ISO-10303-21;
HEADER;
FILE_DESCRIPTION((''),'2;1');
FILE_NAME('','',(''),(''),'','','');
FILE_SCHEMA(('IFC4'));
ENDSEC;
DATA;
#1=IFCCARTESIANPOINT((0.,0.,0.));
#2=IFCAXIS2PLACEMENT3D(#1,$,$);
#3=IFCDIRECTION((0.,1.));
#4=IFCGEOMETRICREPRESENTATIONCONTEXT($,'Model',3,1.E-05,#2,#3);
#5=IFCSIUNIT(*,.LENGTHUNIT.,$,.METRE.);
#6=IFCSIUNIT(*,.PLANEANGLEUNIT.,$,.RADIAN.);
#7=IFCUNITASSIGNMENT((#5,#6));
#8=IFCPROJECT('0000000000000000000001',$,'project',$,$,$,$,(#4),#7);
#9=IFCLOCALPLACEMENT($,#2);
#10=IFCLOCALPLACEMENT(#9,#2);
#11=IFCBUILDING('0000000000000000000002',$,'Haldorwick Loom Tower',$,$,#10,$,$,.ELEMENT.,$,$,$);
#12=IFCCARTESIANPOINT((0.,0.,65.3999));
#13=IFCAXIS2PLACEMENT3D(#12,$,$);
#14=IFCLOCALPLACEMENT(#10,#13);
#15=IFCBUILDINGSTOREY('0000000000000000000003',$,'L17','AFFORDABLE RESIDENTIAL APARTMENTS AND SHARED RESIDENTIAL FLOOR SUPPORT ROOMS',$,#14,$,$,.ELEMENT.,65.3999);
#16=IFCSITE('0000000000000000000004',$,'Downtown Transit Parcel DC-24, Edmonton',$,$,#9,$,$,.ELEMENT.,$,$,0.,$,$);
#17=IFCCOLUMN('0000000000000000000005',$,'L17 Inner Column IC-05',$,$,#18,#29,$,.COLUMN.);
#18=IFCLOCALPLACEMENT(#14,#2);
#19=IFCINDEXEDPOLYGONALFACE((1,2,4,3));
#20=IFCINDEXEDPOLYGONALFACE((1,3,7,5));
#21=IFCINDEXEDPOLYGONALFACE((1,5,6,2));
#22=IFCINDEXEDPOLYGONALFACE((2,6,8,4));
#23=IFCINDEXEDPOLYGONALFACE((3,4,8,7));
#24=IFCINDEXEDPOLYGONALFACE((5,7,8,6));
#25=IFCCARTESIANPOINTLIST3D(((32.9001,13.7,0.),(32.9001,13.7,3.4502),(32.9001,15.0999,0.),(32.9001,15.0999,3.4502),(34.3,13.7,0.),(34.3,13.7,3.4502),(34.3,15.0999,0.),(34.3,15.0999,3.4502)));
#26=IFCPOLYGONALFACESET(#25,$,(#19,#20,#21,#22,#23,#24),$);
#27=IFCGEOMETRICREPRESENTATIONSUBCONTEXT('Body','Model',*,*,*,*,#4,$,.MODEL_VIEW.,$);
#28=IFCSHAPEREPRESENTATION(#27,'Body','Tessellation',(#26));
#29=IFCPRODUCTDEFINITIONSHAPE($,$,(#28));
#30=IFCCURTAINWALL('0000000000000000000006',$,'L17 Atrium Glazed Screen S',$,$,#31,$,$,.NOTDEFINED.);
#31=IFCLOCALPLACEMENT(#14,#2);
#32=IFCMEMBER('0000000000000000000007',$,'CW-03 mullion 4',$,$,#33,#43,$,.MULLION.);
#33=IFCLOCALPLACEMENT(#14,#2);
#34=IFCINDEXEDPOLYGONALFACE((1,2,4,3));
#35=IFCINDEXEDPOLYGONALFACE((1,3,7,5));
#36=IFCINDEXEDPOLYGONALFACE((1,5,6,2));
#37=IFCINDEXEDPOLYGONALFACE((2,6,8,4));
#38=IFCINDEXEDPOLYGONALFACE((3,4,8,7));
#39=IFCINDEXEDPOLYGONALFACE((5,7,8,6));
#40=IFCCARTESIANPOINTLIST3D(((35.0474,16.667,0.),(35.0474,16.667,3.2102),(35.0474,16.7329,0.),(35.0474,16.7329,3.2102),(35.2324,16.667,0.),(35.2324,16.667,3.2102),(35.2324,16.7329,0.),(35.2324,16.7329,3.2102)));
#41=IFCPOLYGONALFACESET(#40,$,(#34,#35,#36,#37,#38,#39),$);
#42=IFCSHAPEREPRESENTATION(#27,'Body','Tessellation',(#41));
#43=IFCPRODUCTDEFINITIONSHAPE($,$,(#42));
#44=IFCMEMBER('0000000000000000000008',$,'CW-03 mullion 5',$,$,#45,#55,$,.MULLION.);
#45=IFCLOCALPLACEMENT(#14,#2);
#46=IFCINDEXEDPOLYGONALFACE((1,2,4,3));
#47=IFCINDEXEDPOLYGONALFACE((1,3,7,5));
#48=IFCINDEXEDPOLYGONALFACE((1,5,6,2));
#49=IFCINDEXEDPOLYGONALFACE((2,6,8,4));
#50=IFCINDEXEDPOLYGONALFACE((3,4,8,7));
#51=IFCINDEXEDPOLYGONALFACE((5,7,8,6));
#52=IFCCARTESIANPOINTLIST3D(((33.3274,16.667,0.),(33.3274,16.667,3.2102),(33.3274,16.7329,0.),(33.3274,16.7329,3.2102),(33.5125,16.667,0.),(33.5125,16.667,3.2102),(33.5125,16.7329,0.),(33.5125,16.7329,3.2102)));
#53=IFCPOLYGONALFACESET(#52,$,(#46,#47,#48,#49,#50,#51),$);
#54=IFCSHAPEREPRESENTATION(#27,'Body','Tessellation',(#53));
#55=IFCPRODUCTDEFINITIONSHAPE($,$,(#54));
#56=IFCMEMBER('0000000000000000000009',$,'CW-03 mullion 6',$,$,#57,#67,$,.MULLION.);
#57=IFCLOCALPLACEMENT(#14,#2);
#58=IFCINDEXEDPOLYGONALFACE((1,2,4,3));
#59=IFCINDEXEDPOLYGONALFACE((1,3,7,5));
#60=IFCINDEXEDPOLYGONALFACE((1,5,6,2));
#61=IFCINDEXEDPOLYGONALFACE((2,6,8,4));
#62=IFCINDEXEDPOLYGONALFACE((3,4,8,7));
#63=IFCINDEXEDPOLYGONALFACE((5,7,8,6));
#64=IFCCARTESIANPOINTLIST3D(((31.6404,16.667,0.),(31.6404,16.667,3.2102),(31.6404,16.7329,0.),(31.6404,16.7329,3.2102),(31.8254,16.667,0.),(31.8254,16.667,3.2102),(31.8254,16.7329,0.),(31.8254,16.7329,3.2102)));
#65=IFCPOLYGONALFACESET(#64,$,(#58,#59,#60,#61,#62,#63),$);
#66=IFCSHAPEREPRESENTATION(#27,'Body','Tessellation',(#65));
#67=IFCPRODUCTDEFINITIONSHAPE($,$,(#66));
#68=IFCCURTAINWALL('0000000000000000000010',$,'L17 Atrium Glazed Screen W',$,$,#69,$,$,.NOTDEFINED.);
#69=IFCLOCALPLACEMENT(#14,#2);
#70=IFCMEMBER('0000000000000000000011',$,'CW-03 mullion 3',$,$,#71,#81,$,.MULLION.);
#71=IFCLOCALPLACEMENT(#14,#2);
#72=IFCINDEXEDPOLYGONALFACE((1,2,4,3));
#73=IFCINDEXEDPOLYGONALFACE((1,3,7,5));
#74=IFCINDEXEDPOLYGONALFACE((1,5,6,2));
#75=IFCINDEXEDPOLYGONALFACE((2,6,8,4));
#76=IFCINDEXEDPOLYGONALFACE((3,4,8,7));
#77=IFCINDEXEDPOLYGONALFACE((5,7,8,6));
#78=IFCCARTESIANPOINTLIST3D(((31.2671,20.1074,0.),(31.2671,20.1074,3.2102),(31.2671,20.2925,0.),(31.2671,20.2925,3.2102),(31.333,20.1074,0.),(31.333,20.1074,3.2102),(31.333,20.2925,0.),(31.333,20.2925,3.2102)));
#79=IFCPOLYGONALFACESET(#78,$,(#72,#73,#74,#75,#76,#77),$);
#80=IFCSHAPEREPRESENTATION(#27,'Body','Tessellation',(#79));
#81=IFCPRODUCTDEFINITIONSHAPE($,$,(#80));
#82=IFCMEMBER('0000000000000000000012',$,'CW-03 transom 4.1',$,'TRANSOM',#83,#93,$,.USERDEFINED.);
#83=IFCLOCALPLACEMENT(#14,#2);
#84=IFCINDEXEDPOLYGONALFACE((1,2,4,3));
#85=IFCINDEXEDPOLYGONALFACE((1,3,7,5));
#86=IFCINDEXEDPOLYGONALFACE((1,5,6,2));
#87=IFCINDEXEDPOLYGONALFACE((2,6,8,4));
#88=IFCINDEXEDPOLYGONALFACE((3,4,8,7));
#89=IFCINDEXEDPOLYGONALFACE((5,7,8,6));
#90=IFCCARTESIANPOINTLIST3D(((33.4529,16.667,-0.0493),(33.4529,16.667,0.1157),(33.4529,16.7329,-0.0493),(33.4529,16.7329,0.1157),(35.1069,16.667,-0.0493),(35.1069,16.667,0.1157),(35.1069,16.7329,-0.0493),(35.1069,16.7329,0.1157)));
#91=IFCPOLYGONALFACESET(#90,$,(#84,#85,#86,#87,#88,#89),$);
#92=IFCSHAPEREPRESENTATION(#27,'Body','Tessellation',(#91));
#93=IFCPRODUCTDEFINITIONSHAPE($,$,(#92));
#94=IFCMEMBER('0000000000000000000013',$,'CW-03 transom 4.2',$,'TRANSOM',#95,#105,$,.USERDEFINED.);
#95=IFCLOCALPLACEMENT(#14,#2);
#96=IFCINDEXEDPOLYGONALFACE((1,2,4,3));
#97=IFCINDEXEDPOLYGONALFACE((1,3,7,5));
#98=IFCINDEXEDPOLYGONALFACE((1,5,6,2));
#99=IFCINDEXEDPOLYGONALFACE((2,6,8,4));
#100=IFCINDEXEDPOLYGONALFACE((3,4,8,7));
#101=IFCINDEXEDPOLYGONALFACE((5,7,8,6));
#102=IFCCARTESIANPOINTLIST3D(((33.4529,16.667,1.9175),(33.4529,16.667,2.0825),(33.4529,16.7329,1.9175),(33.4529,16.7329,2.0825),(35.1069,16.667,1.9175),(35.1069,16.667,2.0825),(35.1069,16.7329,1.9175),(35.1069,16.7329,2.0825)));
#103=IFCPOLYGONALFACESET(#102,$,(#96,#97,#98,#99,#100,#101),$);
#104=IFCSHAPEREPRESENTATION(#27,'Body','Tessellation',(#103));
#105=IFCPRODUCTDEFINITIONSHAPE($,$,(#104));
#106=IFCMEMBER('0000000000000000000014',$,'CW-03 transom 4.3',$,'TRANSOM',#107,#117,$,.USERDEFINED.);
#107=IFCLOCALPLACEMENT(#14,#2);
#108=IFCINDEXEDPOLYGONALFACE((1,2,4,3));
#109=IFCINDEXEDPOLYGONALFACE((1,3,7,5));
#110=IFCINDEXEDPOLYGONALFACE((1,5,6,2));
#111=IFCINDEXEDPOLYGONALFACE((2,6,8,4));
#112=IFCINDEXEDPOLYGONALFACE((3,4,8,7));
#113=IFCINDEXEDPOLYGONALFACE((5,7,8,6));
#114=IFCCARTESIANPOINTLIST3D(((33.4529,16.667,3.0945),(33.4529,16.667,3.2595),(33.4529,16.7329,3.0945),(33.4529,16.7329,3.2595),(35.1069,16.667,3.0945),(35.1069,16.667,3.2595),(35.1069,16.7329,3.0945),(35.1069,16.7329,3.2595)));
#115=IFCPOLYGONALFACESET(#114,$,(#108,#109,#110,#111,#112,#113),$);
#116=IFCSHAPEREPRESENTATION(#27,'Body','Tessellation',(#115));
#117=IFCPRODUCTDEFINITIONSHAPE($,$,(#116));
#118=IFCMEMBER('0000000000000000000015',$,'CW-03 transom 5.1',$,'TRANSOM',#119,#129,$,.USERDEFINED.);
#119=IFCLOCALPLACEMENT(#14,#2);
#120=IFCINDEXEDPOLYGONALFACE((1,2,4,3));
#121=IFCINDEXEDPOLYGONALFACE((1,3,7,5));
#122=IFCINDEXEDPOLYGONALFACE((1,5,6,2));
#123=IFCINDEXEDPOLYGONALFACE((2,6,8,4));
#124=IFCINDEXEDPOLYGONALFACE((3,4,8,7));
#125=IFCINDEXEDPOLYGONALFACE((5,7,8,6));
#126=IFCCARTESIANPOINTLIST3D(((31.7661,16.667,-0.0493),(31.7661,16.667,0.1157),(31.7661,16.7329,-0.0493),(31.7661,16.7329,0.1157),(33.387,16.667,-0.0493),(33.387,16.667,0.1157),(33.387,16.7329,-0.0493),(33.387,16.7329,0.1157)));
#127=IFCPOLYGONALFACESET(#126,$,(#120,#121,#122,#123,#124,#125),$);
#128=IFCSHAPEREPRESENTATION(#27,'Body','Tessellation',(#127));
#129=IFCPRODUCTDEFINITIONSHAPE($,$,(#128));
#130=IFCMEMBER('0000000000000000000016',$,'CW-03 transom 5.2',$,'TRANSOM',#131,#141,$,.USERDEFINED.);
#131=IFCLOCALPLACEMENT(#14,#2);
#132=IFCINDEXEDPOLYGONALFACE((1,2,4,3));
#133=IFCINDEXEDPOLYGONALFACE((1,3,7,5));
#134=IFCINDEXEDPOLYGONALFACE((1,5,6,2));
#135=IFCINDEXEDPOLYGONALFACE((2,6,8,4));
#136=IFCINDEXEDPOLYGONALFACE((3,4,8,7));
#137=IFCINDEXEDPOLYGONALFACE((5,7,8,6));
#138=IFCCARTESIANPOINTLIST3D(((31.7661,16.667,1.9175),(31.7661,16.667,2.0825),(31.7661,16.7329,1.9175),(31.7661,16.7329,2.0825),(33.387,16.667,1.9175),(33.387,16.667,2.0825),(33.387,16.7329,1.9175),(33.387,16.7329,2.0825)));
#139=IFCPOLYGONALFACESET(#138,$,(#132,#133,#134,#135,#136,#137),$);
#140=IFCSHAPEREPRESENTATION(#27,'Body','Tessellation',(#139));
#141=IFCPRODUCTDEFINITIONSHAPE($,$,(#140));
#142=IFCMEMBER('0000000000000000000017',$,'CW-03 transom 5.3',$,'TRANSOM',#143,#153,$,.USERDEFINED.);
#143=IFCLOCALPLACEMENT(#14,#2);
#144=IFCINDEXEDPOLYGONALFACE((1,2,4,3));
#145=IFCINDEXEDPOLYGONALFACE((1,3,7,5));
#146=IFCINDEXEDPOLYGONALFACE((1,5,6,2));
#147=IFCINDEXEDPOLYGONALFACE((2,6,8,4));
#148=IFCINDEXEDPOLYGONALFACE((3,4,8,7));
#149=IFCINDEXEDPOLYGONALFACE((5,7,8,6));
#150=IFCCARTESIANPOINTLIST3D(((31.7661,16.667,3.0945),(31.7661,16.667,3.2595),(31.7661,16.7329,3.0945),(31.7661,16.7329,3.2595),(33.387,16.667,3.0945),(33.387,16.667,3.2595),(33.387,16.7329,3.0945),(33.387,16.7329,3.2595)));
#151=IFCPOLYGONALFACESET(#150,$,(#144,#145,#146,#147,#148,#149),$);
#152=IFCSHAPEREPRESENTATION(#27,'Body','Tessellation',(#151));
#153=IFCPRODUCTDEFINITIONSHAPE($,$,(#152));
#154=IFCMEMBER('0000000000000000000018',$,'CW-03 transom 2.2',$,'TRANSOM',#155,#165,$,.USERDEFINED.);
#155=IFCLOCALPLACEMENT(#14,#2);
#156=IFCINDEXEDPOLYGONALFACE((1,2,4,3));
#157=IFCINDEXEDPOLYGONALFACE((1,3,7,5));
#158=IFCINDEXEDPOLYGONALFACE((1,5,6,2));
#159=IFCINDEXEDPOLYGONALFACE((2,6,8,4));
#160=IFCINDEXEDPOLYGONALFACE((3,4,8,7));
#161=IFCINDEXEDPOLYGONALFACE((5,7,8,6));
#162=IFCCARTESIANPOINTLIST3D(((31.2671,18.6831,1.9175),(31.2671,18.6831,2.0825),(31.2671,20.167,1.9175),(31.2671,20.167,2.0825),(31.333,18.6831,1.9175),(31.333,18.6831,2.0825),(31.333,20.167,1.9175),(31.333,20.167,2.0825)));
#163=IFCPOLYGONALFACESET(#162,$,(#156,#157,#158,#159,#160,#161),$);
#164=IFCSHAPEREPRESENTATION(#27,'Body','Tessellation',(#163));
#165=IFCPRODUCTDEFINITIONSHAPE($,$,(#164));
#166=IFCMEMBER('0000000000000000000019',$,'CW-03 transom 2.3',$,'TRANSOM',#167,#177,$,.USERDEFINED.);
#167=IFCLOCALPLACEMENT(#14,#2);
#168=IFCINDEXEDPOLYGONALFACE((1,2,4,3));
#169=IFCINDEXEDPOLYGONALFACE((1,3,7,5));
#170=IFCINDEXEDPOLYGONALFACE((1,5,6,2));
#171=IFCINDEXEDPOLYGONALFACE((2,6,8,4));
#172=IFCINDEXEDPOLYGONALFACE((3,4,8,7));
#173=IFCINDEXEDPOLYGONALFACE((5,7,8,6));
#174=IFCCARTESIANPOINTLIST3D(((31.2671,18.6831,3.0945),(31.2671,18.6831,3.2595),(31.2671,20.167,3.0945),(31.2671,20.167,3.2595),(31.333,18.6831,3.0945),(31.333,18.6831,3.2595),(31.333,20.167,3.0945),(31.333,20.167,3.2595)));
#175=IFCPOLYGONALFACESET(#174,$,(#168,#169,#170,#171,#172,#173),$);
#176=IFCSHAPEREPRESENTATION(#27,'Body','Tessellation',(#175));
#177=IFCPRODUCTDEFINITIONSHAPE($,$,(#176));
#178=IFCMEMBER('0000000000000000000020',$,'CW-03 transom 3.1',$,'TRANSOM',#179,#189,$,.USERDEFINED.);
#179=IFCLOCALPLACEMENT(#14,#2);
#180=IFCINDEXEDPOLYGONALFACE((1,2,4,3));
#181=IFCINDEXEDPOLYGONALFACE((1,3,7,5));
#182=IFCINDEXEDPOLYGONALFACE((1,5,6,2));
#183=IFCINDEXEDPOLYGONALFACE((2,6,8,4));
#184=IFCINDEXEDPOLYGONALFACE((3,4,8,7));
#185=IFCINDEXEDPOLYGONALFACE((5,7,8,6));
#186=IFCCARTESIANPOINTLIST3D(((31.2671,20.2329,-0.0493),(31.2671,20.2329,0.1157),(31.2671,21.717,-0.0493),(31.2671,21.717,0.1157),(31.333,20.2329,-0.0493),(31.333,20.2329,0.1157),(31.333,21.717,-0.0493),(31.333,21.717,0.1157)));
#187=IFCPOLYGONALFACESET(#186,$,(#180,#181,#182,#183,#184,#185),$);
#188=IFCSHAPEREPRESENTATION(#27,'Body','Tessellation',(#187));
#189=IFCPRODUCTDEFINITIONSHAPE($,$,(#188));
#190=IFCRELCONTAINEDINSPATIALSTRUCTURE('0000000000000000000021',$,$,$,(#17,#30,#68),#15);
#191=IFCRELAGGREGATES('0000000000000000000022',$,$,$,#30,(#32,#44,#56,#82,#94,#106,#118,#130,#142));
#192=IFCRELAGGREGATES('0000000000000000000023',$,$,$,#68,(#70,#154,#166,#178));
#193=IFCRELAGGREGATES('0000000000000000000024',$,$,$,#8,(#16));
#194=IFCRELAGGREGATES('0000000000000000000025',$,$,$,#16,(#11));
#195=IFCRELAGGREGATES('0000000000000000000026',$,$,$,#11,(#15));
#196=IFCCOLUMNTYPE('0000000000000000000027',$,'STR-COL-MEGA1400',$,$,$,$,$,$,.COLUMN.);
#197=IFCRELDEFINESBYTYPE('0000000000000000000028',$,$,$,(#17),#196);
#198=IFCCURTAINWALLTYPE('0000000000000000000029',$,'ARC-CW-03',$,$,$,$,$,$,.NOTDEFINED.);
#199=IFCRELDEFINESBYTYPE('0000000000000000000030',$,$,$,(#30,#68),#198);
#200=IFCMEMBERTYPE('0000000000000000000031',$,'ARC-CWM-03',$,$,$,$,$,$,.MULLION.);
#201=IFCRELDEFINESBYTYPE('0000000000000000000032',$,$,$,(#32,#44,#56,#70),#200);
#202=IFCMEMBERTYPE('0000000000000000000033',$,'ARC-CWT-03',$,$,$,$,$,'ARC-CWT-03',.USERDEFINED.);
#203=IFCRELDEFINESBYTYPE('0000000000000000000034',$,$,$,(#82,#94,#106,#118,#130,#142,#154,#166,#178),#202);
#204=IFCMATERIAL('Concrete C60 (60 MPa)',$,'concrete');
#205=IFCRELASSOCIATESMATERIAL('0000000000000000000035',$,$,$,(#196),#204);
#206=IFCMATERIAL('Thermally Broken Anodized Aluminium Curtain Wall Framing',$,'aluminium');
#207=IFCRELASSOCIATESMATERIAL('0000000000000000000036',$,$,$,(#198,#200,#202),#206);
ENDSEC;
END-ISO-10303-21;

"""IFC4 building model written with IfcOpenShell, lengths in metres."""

from ifc_helpers import new_model, si_unit, direction, frame, origin, origin_2d, place, context, subcontext, project, spatial, rectangle, extrude, material, material_profile, profile_set, type_object, element, aggregate, save


model = new_model("IFC4")

# Units and contexts
model_context = context("Model", 3, precision=1e-05, world=origin(), true_north=direction((0.0, 1.0)))
body_context = subcontext(model_context, "Body", "Model", "MODEL_VIEW")
ifc_project = project(units=[si_unit("LENGTHUNIT", "METRE"), si_unit("PLANEANGLEUNIT", "RADIAN")], contexts=[model_context])

# Site, building, storey
site_placement = place(None, origin())
site = spatial("IfcSite", under=ifc_project, at=site_placement, Name="Downtown Transit Parcel DC-24, Edmonton", CompositionType="ELEMENT", RefElevation=0.0)
building_placement = place(site_placement, origin())
building = spatial("IfcBuilding", under=site, at=building_placement, Name="Haldorwick Loom Tower", CompositionType="ELEMENT")
storey_placement = place(building_placement, frame((0.0, 0.0, 65.3999)))
storey = spatial("IfcBuildingStorey", under=building, at=storey_placement, Name="L17", Description="AFFORDABLE RESIDENTIAL APARTMENTS AND SHARED RESIDENTIAL FLOOR SUPPORT ROOMS", CompositionType="ELEMENT", Elevation=65.3999)

# Column
ifc_material_1 = material(Name="Concrete C60 (60 MPa)", Category="concrete")
ifc_material_profile_1 = material_profile(ifc_material_1, rectangle(XDim=1.3999, YDim=1.3999, at=origin_2d()), Name="RC1400X1400", Category="concrete")
ifc_profile_set_1 = profile_set([ifc_material_profile_1], Name="Concrete C60 (60 MPa)")
column_type = type_object("IfcColumnType", Name="STR-COL-MEGA1400", PredefinedType="COLUMN", material=ifc_profile_set_1)
column_placement = place(storey_placement, frame((33.6001, 14.3999, 0.0), z_axis=(0.0, 0.0, 1.0), x_axis=(1.0, 0.0, 0.0)))
element("IfcColumn", 1, at=column_placement, inside=storey, type_object=column_type, Name="L17 Inner Column IC-05", PredefinedType="COLUMN", context=body_context, shape_type="SweptSolid", body=[
    extrude(rectangle(XDim=1.3999, YDim=1.3999, at=origin_2d()), origin(), (0.0, 0.0, 1.0), 3.4502),
])

# Curtain wall, members
ifc_material_2 = material(Name="Thermally Broken Anodized Aluminium Curtain Wall Framing", Category="aluminium")
curtain_wall_type = type_object("IfcCurtainWallType", Name="ARC-CW-03", PredefinedType="NOTDEFINED", material=ifc_material_2)
curtain_wall_1_placement = place(storey_placement, origin())
curtain_wall_1 = element("IfcCurtainWall", 2, at=curtain_wall_1_placement, inside=storey, type_object=curtain_wall_type, Name="L17 Atrium Glazed Screen S", PredefinedType="NOTDEFINED")
ifc_material_profile_2 = material_profile(ifc_material_2, rectangle(XDim=0.0659, YDim=0.1851, at=origin_2d()), Name="ALU_MUL_66X185", Category="aluminium")
ifc_profile_set_2 = profile_set([ifc_material_profile_2], Name="Thermally Broken Anodized Aluminium Curtain Wall Framing")
member_type_1 = type_object("IfcMemberType", Name="ARC-CWM-03", PredefinedType="MULLION", material=ifc_profile_set_2)
member_1_placement = place(storey_placement, frame((35.1399, 16.7, 0.0), z_axis=(0.0, 0.0, 1.0), x_axis=(0.0, -1.0, 0.0)))
member_1 = element("IfcMember", 3, at=member_1_placement, type_object=member_type_1, Name="CW-03 mullion 4", PredefinedType="MULLION", context=body_context, shape_type="SweptSolid", body=[
    extrude(rectangle(XDim=0.0659, YDim=0.1851, at=origin_2d()), origin(), (0.0, 0.0, 1.0), 3.2102),
])
member_2_placement = place(storey_placement, frame((33.4199, 16.7, 0.0), z_axis=(0.0, 0.0, 1.0), x_axis=(0.0, -1.0, 0.0)))
member_2 = element("IfcMember", 4, at=member_2_placement, type_object=member_type_1, Name="CW-03 mullion 5", PredefinedType="MULLION", context=body_context, shape_type="SweptSolid", body=[
    extrude(rectangle(XDim=0.0659, YDim=0.1851, at=origin_2d()), origin(), (0.0, 0.0, 1.0), 3.2102),
])
member_3_placement = place(storey_placement, frame((31.7329, 16.7, 0.0), z_axis=(0.0, 0.0, 1.0), x_axis=(0.0, -1.0, 0.0)))
member_3 = element("IfcMember", 5, at=member_3_placement, type_object=member_type_1, Name="CW-03 mullion 6", PredefinedType="MULLION", context=body_context, shape_type="SweptSolid", body=[
    extrude(rectangle(XDim=0.0659, YDim=0.1851, at=origin_2d()), origin(), (0.0, 0.0, 1.0), 3.2102),
])

# Curtain wall, member
curtain_wall_2_placement = place(storey_placement, origin())
curtain_wall_2 = element("IfcCurtainWall", 6, at=curtain_wall_2_placement, inside=storey, type_object=curtain_wall_type, Name="L17 Atrium Glazed Screen W", PredefinedType="NOTDEFINED")
member_4_placement = place(storey_placement, frame((31.3, 20.2, 0.0), z_axis=(0.0, 0.0, 1.0), x_axis=(-1.0, 0.0, 0.0)))
member_4 = element("IfcMember", 7, at=member_4_placement, type_object=member_type_1, Name="CW-03 mullion 3", PredefinedType="MULLION", context=body_context, shape_type="SweptSolid", body=[
    extrude(rectangle(XDim=0.0659, YDim=0.1851, at=origin_2d()), origin(), (0.0, 0.0, 1.0), 3.2102),
])

# Members
ifc_material_profile_3 = material_profile(ifc_material_2, rectangle(XDim=0.0659, YDim=0.165, at=origin_2d()), Name="ALU_TRN_66X165", Category="aluminium")
ifc_profile_set_3 = profile_set([ifc_material_profile_3], Name="Thermally Broken Anodized Aluminium Curtain Wall Framing")
member_type_2 = type_object("IfcMemberType", Name="ARC-CWT-03", ElementType="ARC-CWT-03", PredefinedType="USERDEFINED", material=ifc_profile_set_3)
member_5_placement = place(storey_placement, frame((35.1069, 16.7, 0.0332), z_axis=(-1.0, 0.0, 0.0), x_axis=(0.0, -1.0, 0.0)))
member_5 = element("IfcMember", 8, at=member_5_placement, type_object=member_type_2, Name="CW-03 transom 4.1", ObjectType="TRANSOM", PredefinedType="USERDEFINED", context=body_context, shape_type="SweptSolid", body=[
    extrude(rectangle(XDim=0.0659, YDim=0.165, at=origin_2d()), origin(), (0.0, 0.0, 1.0), 1.6541),
])
member_6_placement = place(storey_placement, frame((35.1069, 16.7, 2.0), z_axis=(-1.0, 0.0, 0.0), x_axis=(0.0, -1.0, 0.0)))
member_6 = element("IfcMember", 9, at=member_6_placement, type_object=member_type_2, Name="CW-03 transom 4.2", ObjectType="TRANSOM", PredefinedType="USERDEFINED", context=body_context, shape_type="SweptSolid", body=[
    extrude(rectangle(XDim=0.0659, YDim=0.165, at=origin_2d()), origin(), (0.0, 0.0, 1.0), 1.6541),
])
member_7_placement = place(storey_placement, frame((35.1069, 16.7, 3.177), z_axis=(-1.0, 0.0, 0.0), x_axis=(0.0, -1.0, 0.0)))
member_7 = element("IfcMember", 10, at=member_7_placement, type_object=member_type_2, Name="CW-03 transom 4.3", ObjectType="TRANSOM", PredefinedType="USERDEFINED", context=body_context, shape_type="SweptSolid", body=[
    extrude(rectangle(XDim=0.0659, YDim=0.165, at=origin_2d()), origin(), (0.0, 0.0, 1.0), 1.6541),
])
member_8_placement = place(storey_placement, frame((33.387, 16.7, 0.0332), z_axis=(-1.0, 0.0, 0.0), x_axis=(0.0, -1.0, 0.0)))
member_8 = element("IfcMember", 11, at=member_8_placement, type_object=member_type_2, Name="CW-03 transom 5.1", ObjectType="TRANSOM", PredefinedType="USERDEFINED", context=body_context, shape_type="SweptSolid", body=[
    extrude(rectangle(XDim=0.0659, YDim=0.165, at=origin_2d()), origin(), (0.0, 0.0, 1.0), 1.6208),
])
member_9_placement = place(storey_placement, frame((33.387, 16.7, 2.0), z_axis=(-1.0, 0.0, 0.0), x_axis=(0.0, -1.0, 0.0)))
member_9 = element("IfcMember", 12, at=member_9_placement, type_object=member_type_2, Name="CW-03 transom 5.2", ObjectType="TRANSOM", PredefinedType="USERDEFINED", context=body_context, shape_type="SweptSolid", body=[
    extrude(rectangle(XDim=0.0659, YDim=0.165, at=origin_2d()), origin(), (0.0, 0.0, 1.0), 1.6208),
])
member_10_placement = place(storey_placement, frame((33.387, 16.7, 3.177), z_axis=(-1.0, 0.0, 0.0), x_axis=(0.0, -1.0, 0.0)))
member_10 = element("IfcMember", 13, at=member_10_placement, type_object=member_type_2, Name="CW-03 transom 5.3", ObjectType="TRANSOM", PredefinedType="USERDEFINED", context=body_context, shape_type="SweptSolid", body=[
    extrude(rectangle(XDim=0.0659, YDim=0.165, at=origin_2d()), origin(), (0.0, 0.0, 1.0), 1.6208),
])
member_11_placement = place(storey_placement, frame((31.3, 18.6831, 2.0), z_axis=(0.0, 1.0, 0.0), x_axis=(-1.0, 0.0, 0.0)))
member_11 = element("IfcMember", 14, at=member_11_placement, type_object=member_type_2, Name="CW-03 transom 2.2", ObjectType="TRANSOM", PredefinedType="USERDEFINED", context=body_context, shape_type="SweptSolid", body=[
    extrude(rectangle(XDim=0.0659, YDim=0.165, at=origin_2d()), origin(), (0.0, 0.0, 1.0), 1.4839),
])
member_12_placement = place(storey_placement, frame((31.3, 18.6831, 3.177), z_axis=(0.0, 1.0, 0.0), x_axis=(-1.0, 0.0, 0.0)))
member_12 = element("IfcMember", 15, at=member_12_placement, type_object=member_type_2, Name="CW-03 transom 2.3", ObjectType="TRANSOM", PredefinedType="USERDEFINED", context=body_context, shape_type="SweptSolid", body=[
    extrude(rectangle(XDim=0.0659, YDim=0.165, at=origin_2d()), origin(), (0.0, 0.0, 1.0), 1.4839),
])
member_13_placement = place(storey_placement, frame((31.3, 20.2329, 0.0332), z_axis=(0.0, 1.0, 0.0), x_axis=(-1.0, 0.0, 0.0)))
member_13 = element("IfcMember", 16, at=member_13_placement, type_object=member_type_2, Name="CW-03 transom 3.1", ObjectType="TRANSOM", PredefinedType="USERDEFINED", context=body_context, shape_type="SweptSolid", body=[
    extrude(rectangle(XDim=0.0659, YDim=0.165, at=origin_2d()), origin(), (0.0, 0.0, 1.0), 1.4841),
])

aggregate(curtain_wall_1, [member_1, member_2, member_3, member_5, member_6, member_7, member_8, member_9, member_10])
aggregate(curtain_wall_2, [member_4, member_11, member_12, member_13])

save(model, "model.ifc")
